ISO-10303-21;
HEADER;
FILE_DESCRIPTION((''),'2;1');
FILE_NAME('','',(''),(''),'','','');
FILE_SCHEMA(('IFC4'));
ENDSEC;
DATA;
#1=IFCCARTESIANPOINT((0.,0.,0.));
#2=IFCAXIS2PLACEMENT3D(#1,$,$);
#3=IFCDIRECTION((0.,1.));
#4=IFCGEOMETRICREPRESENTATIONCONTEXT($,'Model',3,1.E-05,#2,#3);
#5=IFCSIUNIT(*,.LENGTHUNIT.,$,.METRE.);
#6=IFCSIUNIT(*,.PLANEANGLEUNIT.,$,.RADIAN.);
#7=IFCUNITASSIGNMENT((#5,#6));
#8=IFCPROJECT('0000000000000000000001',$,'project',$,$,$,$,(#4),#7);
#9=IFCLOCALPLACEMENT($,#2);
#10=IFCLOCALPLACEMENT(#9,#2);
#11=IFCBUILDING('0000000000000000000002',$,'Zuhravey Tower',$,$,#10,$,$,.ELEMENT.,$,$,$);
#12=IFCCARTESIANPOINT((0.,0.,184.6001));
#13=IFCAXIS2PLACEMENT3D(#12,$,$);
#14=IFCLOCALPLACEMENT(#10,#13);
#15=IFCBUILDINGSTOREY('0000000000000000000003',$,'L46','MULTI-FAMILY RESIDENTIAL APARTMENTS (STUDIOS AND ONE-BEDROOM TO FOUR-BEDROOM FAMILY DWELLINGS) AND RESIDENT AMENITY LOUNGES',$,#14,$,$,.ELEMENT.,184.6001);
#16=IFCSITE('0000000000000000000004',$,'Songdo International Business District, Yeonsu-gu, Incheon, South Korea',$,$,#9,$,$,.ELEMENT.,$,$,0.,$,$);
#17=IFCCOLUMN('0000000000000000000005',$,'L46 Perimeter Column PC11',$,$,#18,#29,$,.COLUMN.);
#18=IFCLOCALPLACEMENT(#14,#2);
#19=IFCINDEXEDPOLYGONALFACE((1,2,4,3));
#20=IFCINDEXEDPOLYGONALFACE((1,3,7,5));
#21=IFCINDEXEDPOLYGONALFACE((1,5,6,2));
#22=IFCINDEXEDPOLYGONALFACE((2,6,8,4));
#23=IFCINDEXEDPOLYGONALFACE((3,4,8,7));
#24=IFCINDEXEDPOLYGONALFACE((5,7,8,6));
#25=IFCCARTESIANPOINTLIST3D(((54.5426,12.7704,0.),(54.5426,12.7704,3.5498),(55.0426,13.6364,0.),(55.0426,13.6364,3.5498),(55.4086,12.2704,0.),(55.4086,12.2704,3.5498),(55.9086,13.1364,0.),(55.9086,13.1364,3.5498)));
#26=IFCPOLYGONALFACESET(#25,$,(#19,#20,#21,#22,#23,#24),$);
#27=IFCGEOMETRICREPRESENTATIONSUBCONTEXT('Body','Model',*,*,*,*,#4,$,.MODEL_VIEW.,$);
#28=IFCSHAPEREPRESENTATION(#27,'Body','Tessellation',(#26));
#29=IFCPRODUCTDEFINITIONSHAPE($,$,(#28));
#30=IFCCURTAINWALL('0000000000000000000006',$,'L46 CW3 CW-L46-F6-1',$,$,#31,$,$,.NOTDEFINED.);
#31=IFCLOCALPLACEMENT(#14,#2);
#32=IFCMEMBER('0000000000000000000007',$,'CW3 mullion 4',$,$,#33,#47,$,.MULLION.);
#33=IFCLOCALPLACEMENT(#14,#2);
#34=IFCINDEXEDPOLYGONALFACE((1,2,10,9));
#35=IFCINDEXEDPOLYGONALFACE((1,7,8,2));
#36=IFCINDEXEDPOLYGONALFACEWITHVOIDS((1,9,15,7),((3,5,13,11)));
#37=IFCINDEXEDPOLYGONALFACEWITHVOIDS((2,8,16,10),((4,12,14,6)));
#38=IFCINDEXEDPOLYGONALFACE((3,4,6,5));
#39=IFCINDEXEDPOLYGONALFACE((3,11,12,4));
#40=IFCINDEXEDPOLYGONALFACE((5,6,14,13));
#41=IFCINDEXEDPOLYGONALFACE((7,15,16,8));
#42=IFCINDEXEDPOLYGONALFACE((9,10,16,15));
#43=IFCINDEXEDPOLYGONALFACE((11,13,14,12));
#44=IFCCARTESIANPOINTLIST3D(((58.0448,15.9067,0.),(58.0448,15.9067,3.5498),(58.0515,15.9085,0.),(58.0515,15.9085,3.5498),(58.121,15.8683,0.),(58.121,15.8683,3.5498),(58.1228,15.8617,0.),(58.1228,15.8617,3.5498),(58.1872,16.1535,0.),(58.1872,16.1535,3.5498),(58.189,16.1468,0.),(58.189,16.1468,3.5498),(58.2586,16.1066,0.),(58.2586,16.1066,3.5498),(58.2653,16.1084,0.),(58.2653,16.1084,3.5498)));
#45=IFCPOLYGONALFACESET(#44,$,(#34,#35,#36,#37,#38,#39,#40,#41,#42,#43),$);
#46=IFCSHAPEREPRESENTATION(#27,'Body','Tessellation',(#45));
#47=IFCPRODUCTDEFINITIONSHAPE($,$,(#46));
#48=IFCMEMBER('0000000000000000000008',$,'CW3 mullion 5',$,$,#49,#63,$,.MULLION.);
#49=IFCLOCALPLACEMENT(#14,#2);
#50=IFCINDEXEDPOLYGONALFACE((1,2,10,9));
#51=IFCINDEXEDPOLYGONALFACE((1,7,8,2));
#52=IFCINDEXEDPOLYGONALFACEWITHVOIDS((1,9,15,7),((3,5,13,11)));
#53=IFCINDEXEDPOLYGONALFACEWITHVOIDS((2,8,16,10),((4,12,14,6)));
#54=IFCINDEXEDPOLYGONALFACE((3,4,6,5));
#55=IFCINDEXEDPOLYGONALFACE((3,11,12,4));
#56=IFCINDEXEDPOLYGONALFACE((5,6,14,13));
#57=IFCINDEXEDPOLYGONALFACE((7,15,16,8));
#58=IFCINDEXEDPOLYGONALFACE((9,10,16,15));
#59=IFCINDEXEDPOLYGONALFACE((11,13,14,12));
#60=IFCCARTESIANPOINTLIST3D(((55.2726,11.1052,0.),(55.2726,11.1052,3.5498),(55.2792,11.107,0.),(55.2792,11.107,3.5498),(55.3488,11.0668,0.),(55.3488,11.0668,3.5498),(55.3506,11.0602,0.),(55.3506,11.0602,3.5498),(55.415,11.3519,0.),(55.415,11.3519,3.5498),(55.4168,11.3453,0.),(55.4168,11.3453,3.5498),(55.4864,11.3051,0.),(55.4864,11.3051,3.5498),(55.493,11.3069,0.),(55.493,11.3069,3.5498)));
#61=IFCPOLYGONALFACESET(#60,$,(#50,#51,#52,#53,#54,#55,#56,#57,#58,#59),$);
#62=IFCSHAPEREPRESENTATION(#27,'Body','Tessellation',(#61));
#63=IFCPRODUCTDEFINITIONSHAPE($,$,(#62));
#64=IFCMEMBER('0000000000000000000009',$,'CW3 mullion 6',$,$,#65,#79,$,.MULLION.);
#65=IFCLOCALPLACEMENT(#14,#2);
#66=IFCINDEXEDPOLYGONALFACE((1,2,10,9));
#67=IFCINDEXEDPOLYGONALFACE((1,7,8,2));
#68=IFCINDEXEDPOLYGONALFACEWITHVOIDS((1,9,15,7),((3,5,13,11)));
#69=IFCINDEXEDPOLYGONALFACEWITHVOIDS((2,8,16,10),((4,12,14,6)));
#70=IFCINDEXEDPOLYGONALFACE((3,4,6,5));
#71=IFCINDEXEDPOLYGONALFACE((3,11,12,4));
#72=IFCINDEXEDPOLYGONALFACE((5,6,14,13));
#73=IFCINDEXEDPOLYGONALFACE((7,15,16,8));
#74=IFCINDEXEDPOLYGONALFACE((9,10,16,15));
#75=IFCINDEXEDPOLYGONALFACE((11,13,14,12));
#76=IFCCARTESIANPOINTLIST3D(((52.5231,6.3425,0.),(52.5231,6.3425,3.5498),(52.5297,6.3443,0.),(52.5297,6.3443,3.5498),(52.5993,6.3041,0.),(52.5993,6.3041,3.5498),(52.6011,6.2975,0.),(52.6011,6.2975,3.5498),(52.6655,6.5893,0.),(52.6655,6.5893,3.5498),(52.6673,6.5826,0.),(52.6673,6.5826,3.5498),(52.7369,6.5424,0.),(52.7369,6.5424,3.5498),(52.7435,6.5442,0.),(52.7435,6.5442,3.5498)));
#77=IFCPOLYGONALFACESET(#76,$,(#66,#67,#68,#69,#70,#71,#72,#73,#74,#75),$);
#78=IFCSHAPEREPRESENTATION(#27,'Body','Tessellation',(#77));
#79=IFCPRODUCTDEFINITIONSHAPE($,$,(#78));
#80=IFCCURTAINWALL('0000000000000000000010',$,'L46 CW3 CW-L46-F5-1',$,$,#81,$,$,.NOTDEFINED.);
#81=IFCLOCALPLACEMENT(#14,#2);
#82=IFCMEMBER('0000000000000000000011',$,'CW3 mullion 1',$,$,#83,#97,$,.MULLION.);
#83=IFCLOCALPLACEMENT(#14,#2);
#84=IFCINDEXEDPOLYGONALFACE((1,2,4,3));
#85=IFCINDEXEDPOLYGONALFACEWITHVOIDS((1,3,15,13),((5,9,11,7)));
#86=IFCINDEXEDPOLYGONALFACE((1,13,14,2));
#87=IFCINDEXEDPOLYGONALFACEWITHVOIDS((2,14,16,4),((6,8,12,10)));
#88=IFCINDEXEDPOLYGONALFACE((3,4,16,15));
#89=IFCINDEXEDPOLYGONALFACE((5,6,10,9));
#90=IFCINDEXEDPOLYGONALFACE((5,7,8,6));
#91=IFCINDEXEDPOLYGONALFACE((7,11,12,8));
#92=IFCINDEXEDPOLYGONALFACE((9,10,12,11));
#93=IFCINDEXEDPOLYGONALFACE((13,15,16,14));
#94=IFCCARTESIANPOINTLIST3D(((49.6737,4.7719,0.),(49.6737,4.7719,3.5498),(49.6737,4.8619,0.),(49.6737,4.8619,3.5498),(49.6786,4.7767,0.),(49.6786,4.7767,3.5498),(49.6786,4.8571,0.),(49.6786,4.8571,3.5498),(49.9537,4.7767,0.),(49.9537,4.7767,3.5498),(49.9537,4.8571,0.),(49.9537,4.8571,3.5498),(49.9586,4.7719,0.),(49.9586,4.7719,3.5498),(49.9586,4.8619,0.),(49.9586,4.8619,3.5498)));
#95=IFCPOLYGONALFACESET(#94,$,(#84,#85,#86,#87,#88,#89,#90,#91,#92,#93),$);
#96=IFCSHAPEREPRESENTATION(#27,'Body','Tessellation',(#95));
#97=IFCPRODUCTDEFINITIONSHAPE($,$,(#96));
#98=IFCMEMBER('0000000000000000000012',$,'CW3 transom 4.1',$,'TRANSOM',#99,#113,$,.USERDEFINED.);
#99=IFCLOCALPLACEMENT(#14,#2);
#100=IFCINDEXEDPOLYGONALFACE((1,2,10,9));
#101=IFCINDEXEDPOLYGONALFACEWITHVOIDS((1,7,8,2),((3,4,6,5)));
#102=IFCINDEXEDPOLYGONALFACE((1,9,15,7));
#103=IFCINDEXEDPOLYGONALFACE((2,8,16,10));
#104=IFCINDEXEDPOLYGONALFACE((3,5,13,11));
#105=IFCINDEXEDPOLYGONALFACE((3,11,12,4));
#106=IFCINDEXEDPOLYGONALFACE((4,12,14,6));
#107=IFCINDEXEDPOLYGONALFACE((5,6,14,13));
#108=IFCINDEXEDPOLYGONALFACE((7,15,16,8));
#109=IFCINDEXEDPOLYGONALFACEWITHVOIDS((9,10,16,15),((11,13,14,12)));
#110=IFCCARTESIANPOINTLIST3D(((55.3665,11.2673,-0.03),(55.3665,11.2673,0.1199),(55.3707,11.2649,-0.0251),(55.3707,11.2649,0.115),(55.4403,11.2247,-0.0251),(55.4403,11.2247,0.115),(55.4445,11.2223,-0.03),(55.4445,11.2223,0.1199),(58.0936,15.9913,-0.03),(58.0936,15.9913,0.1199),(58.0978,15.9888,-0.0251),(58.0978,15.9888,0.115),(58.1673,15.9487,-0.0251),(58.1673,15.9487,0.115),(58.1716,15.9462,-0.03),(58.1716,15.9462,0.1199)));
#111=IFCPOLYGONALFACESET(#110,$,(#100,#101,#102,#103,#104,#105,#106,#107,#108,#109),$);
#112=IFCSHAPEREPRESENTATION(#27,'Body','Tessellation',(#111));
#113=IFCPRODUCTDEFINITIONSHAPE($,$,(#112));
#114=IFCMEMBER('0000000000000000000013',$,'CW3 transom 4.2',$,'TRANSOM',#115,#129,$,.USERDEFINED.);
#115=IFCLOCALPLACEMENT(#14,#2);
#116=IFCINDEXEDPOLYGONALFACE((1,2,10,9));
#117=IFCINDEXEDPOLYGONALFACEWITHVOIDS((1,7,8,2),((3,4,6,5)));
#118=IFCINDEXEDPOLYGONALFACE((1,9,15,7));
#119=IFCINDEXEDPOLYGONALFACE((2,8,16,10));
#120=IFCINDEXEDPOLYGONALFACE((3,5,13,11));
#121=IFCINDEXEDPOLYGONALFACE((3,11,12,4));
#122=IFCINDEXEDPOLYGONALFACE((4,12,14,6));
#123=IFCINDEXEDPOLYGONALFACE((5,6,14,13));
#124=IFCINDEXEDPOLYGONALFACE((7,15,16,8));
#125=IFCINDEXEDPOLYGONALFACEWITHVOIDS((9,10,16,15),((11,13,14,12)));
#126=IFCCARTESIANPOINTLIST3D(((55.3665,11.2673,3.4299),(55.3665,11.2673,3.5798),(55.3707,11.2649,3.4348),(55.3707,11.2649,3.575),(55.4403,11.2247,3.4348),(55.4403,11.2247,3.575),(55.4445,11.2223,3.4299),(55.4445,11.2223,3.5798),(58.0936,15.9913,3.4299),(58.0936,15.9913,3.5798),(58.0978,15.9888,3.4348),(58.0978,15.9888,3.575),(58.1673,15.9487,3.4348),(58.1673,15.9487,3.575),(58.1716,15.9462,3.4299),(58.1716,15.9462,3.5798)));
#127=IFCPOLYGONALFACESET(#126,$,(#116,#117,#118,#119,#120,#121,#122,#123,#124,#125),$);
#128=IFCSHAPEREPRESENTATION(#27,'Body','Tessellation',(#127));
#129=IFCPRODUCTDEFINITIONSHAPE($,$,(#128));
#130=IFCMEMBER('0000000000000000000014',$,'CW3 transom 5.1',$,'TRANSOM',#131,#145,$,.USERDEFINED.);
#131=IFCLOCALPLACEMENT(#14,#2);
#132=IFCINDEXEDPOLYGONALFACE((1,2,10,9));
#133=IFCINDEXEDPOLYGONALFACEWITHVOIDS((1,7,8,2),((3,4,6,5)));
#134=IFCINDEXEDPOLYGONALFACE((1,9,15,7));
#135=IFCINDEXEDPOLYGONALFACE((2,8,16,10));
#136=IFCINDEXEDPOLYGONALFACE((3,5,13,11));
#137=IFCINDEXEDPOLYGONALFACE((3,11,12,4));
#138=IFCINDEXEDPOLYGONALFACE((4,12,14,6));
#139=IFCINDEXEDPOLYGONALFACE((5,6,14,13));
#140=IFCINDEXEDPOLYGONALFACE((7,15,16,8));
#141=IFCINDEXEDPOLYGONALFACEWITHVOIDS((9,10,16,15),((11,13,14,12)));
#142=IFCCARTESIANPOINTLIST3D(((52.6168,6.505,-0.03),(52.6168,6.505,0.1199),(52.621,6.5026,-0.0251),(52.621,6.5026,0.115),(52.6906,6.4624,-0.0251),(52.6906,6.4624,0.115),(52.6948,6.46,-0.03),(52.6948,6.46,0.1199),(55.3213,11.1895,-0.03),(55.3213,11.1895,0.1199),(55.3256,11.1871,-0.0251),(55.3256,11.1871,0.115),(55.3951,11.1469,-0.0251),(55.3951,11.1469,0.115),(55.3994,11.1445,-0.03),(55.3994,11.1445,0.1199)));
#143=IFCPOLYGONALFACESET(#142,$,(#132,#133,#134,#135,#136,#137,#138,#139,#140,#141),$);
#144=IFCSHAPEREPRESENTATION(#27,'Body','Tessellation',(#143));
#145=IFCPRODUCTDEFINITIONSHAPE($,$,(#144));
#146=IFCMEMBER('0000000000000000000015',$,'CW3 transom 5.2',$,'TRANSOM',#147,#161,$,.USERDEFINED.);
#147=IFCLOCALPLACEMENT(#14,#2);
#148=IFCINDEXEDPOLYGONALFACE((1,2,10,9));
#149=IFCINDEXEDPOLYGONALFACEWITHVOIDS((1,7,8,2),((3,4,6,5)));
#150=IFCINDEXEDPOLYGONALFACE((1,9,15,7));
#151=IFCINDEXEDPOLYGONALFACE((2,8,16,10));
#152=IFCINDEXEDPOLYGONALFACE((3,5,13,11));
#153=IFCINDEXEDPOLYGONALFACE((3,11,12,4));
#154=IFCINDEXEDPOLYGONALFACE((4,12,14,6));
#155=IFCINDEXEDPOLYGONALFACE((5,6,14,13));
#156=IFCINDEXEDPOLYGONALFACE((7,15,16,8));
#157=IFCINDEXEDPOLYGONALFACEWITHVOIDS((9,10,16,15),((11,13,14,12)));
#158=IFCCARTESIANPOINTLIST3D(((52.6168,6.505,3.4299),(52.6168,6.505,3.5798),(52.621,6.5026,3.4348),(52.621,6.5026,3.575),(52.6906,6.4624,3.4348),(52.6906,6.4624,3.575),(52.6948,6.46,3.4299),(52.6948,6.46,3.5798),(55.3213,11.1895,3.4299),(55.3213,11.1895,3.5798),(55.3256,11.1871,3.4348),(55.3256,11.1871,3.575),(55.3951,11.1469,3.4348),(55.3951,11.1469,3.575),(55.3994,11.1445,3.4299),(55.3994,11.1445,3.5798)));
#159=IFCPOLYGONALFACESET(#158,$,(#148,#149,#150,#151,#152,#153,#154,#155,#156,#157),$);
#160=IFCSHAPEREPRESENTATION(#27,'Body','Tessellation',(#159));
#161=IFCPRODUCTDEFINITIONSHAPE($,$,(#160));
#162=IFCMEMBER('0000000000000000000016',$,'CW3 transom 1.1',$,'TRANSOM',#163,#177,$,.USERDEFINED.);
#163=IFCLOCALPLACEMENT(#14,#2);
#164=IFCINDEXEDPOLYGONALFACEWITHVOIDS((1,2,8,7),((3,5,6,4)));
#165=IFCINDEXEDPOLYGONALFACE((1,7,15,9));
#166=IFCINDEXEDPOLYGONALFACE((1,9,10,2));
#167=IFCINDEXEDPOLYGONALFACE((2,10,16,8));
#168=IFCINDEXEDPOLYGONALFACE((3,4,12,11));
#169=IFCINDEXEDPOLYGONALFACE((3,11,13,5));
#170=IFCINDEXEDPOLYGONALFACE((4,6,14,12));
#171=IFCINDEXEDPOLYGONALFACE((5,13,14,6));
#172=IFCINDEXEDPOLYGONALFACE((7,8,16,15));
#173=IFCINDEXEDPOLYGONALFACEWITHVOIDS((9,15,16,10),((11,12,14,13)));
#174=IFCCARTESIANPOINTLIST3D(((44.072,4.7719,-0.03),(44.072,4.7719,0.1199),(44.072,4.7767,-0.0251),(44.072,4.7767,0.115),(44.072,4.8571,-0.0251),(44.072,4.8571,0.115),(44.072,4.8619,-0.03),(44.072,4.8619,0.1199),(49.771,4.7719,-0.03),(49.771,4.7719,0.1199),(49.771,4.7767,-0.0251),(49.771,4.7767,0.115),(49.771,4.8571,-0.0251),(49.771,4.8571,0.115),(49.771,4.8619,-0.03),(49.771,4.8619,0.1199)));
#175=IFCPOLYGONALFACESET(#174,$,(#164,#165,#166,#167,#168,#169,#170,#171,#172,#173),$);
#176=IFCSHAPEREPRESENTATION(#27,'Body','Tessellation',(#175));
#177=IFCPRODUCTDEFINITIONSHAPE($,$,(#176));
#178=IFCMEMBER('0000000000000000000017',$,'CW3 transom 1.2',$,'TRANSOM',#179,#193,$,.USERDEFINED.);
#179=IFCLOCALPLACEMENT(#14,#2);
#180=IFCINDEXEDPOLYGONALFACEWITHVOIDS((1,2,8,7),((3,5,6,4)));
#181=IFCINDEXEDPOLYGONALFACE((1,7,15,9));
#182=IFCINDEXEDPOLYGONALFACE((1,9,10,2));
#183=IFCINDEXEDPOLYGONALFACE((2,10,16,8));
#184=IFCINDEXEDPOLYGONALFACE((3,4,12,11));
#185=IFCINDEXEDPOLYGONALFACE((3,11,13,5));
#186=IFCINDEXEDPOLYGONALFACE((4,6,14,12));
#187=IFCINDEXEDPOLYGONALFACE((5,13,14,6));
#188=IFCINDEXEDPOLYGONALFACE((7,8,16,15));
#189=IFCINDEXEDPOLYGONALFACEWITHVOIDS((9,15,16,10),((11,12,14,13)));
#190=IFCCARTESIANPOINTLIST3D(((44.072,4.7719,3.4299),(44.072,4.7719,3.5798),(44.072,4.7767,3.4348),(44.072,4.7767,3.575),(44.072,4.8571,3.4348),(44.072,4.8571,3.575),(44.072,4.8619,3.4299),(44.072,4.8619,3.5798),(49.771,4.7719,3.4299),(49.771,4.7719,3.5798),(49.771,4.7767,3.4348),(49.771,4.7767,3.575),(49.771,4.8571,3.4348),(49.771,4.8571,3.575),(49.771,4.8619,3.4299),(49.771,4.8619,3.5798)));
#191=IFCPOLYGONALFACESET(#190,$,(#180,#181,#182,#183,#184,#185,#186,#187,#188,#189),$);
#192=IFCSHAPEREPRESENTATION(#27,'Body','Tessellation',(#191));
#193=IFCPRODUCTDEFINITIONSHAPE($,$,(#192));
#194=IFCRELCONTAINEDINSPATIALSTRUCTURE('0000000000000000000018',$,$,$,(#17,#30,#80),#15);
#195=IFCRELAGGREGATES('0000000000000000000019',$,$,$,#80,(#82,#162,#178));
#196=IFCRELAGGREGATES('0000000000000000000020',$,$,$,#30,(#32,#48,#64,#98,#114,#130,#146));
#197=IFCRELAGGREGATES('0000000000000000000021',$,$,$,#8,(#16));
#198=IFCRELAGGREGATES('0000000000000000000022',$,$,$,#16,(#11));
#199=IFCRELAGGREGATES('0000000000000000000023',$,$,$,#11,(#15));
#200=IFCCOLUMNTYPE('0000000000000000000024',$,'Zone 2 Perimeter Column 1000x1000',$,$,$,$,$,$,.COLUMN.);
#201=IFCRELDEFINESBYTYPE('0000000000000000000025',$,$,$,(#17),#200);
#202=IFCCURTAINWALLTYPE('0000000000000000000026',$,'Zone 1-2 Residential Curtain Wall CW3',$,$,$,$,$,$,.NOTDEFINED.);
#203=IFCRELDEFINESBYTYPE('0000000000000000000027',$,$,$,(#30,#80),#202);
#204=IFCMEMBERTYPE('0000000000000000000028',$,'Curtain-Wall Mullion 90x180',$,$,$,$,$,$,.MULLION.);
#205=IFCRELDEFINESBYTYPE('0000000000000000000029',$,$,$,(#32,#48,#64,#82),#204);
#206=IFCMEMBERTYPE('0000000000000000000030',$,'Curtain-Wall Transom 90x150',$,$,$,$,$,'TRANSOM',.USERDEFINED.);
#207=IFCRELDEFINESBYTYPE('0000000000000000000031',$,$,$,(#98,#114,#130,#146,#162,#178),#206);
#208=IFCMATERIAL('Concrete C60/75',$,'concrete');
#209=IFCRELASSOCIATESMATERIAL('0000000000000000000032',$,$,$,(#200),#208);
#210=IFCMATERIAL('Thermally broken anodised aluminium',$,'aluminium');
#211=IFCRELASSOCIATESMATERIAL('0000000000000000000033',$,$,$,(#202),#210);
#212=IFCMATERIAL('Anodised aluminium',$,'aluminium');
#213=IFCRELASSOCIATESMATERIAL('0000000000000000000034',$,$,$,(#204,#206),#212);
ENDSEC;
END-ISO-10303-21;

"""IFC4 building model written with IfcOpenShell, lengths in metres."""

from ifc_helpers import new_model, si_unit, direction, frame, origin, origin_2d, place, context, subcontext, project, spatial, rectangle, hollow_rectangle, extrude, material, material_profile, profile_set, type_object, element, aggregate, save


model = new_model("IFC4")

# Units and contexts
model_context = context("Model", 3, precision=1e-05, world=origin(), true_north=direction((0.0, 1.0)))
body_context = subcontext(model_context, "Body", "Model", "MODEL_VIEW")
ifc_project = project(units=[si_unit("LENGTHUNIT", "METRE"), si_unit("PLANEANGLEUNIT", "RADIAN")], contexts=[model_context])

# Site, building, storey
site_placement = place(None, origin())
site = spatial("IfcSite", under=ifc_project, at=site_placement, Name="Songdo International Business District, Yeonsu-gu, Incheon, South Korea", CompositionType="ELEMENT", RefElevation=0.0)
building_placement = place(site_placement, origin())
building = spatial("IfcBuilding", under=site, at=building_placement, Name="Zuhravey Tower", CompositionType="ELEMENT")
storey_placement = place(building_placement, frame((0.0, 0.0, 184.6001)))
storey = spatial("IfcBuildingStorey", under=building, at=storey_placement, Name="L46", Description="MULTI-FAMILY RESIDENTIAL APARTMENTS (STUDIOS AND ONE-BEDROOM TO FOUR-BEDROOM FAMILY DWELLINGS) AND RESIDENT AMENITY LOUNGES", CompositionType="ELEMENT", Elevation=184.6001)

# Column
ifc_material_1 = material(Name="Concrete C60/75", Category="concrete")
ifc_material_profile_1 = material_profile(ifc_material_1, rectangle(XDim=1.0, YDim=1.0, at=origin_2d()), Name="RC-1000x1000")
ifc_profile_set_1 = profile_set([ifc_material_profile_1], Name="Concrete C60/75")
column_type = type_object("IfcColumnType", Name="Zone 2 Perimeter Column 1000x1000", PredefinedType="COLUMN", material=ifc_profile_set_1)
column_placement = place(storey_placement, frame((55.2256, 12.9534, 0.0), z_axis=(0.0, 0.0, 1.0), x_axis=(0.5, 0.866025, 0.0)))
element("IfcColumn", 1, at=column_placement, inside=storey, type_object=column_type, Name="L46 Perimeter Column PC11", PredefinedType="COLUMN", context=body_context, shape_type="SweptSolid", body=[
    extrude(rectangle(XDim=1.0, YDim=1.0, at=origin_2d()), origin(), (0.0, 0.0, 1.0), 3.5498),
])

# Curtain wall, members
ifc_material_2 = material(Name="Thermally broken anodised aluminium", Category="aluminium")
curtain_wall_type = type_object("IfcCurtainWallType", Name="Zone 1-2 Residential Curtain Wall CW3", PredefinedType="NOTDEFINED", material=ifc_material_2)
curtain_wall_1_placement = place(storey_placement, origin())
curtain_wall_1 = element("IfcCurtainWall", 2, at=curtain_wall_1_placement, inside=storey, type_object=curtain_wall_type, Name="L46 CW3 CW-L46-F6-1", PredefinedType="NOTDEFINED")
ifc_material_3 = material(Name="Anodised aluminium", Category="aluminium")
ifc_material_profile_2 = material_profile(ifc_material_3, hollow_rectangle(XDim=0.0901, YDim=0.2849, WallThickness=0.0049, at=origin_2d()), Name="ALU-RHS-90x285x5")
ifc_profile_set_2 = profile_set([ifc_material_profile_2], Name="Anodised aluminium")
member_type_1 = type_object("IfcMemberType", Name="Curtain-Wall Mullion 90x180", PredefinedType="MULLION", material=ifc_profile_set_2)
member_1_placement = place(storey_placement, frame((58.155, 16.0076, 0.0), z_axis=(0.0, 0.0, 1.0), x_axis=(0.866025, -0.5, 0.0)))
member_1 = element("IfcMember", 3, at=member_1_placement, type_object=member_type_1, Name="CW3 mullion 4", PredefinedType="MULLION", context=body_context, shape_type="SweptSolid", body=[
    extrude(hollow_rectangle(XDim=0.0901, YDim=0.2849, WallThickness=0.0049, at=origin_2d()), origin(), (0.0, 0.0, 1.0), 3.5498),
])
member_2_placement = place(storey_placement, frame((55.3828, 11.2061, 0.0), z_axis=(0.0, 0.0, 1.0), x_axis=(0.866025, -0.5, 0.0)))
member_2 = element("IfcMember", 4, at=member_2_placement, type_object=member_type_1, Name="CW3 mullion 5", PredefinedType="MULLION", context=body_context, shape_type="SweptSolid", body=[
    extrude(hollow_rectangle(XDim=0.0901, YDim=0.2849, WallThickness=0.0049, at=origin_2d()), origin(), (0.0, 0.0, 1.0), 3.5498),
])
member_3_placement = place(storey_placement, frame((52.6333, 6.4434, 0.0), z_axis=(0.0, 0.0, 1.0), x_axis=(0.866025, -0.5, 0.0)))
member_3 = element("IfcMember", 5, at=member_3_placement, type_object=member_type_1, Name="CW3 mullion 6", PredefinedType="MULLION", context=body_context, shape_type="SweptSolid", body=[
    extrude(hollow_rectangle(XDim=0.0901, YDim=0.2849, WallThickness=0.0049, at=origin_2d()), origin(), (0.0, 0.0, 1.0), 3.5498),
])

# Curtain wall, member
curtain_wall_2_placement = place(storey_placement, origin())
curtain_wall_2 = element("IfcCurtainWall", 6, at=curtain_wall_2_placement, inside=storey, type_object=curtain_wall_type, Name="L46 CW3 CW-L46-F5-1", PredefinedType="NOTDEFINED")
member_4_placement = place(storey_placement, frame((49.8162, 4.8169, 0.0), z_axis=(0.0, 0.0, 1.0), x_axis=(0.0, -1.0, 0.0)))
member_4 = element("IfcMember", 7, at=member_4_placement, type_object=member_type_1, Name="CW3 mullion 1", PredefinedType="MULLION", context=body_context, shape_type="SweptSolid", body=[
    extrude(hollow_rectangle(XDim=0.0901, YDim=0.2849, WallThickness=0.0049, at=origin_2d()), origin(), (0.0, 0.0, 1.0), 3.5498),
])

# Members
ifc_material_profile_3 = material_profile(ifc_material_3, hollow_rectangle(XDim=0.0901, YDim=0.1499, WallThickness=0.0049, at=origin_2d()), Name="ALU-RHS-90x150x5")
ifc_profile_set_3 = profile_set([ifc_material_profile_3], Name="Anodised aluminium")
member_type_2 = type_object("IfcMemberType", Name="Curtain-Wall Transom 90x150", ElementType="TRANSOM", PredefinedType="USERDEFINED", material=ifc_profile_set_3)
member_5_placement = place(storey_placement, frame((58.1326, 15.9688, 0.0449), z_axis=(-0.499961, -0.866048, 0.0), x_axis=(0.866048, -0.499961, 0.0)))
member_5 = element("IfcMember", 8, at=member_5_placement, type_object=member_type_2, Name="CW3 transom 4.1", ObjectType="TRANSOM", PredefinedType="USERDEFINED", context=body_context, shape_type="SweptSolid", body=[
    extrude(hollow_rectangle(XDim=0.0901, YDim=0.1499, WallThickness=0.0049, at=origin_2d()), origin(), (0.0, 0.0, 1.0), 5.4546),
])
member_6_placement = place(storey_placement, frame((58.1326, 15.9688, 3.5049), z_axis=(-0.499961, -0.866048, 0.0), x_axis=(0.866048, -0.499961, 0.0)))
member_6 = element("IfcMember", 9, at=member_6_placement, type_object=member_type_2, Name="CW3 transom 4.2", ObjectType="TRANSOM", PredefinedType="USERDEFINED", context=body_context, shape_type="SweptSolid", body=[
    extrude(hollow_rectangle(XDim=0.0901, YDim=0.1499, WallThickness=0.0049, at=origin_2d()), origin(), (0.0, 0.0, 1.0), 5.4546),
])
member_7_placement = place(storey_placement, frame((55.3604, 11.167, 0.0449), z_axis=(-0.499993, -0.866029, 0.0), x_axis=(0.866029, -0.499993, 0.0)))
member_7 = element("IfcMember", 10, at=member_7_placement, type_object=member_type_2, Name="CW3 transom 5.1", ObjectType="TRANSOM", PredefinedType="USERDEFINED", context=body_context, shape_type="SweptSolid", body=[
    extrude(hollow_rectangle(XDim=0.0901, YDim=0.1499, WallThickness=0.0049, at=origin_2d()), origin(), (0.0, 0.0, 1.0), 5.4092),
])
member_8_placement = place(storey_placement, frame((55.3604, 11.167, 3.5049), z_axis=(-0.499993, -0.866029, 0.0), x_axis=(0.866029, -0.499993, 0.0)))
member_8 = element("IfcMember", 11, at=member_8_placement, type_object=member_type_2, Name="CW3 transom 5.2", ObjectType="TRANSOM", PredefinedType="USERDEFINED", context=body_context, shape_type="SweptSolid", body=[
    extrude(hollow_rectangle(XDim=0.0901, YDim=0.1499, WallThickness=0.0049, at=origin_2d()), origin(), (0.0, 0.0, 1.0), 5.4092),
])
member_9_placement = place(storey_placement, frame((49.771, 4.8169, 0.0449), z_axis=(-1.0, 0.0, 0.0), x_axis=(0.0, -1.0, 0.0)))
member_9 = element("IfcMember", 12, at=member_9_placement, type_object=member_type_2, Name="CW3 transom 1.1", ObjectType="TRANSOM", PredefinedType="USERDEFINED", context=body_context, shape_type="SweptSolid", body=[
    extrude(hollow_rectangle(XDim=0.0901, YDim=0.1499, WallThickness=0.0049, at=origin_2d()), origin(), (0.0, 0.0, 1.0), 5.699),
])
member_10_placement = place(storey_placement, frame((49.771, 4.8169, 3.5049), z_axis=(-1.0, 0.0, 0.0), x_axis=(0.0, -1.0, 0.0)))
member_10 = element("IfcMember", 13, at=member_10_placement, type_object=member_type_2, Name="CW3 transom 1.2", ObjectType="TRANSOM", PredefinedType="USERDEFINED", context=body_context, shape_type="SweptSolid", body=[
    extrude(hollow_rectangle(XDim=0.0901, YDim=0.1499, WallThickness=0.0049, at=origin_2d()), origin(), (0.0, 0.0, 1.0), 5.699),
])
aggregate(curtain_wall_2, [member_4, member_9, member_10])

aggregate(curtain_wall_1, [member_1, member_2, member_3, member_5, member_6, member_7, member_8])

save(model, "model.ifc")
